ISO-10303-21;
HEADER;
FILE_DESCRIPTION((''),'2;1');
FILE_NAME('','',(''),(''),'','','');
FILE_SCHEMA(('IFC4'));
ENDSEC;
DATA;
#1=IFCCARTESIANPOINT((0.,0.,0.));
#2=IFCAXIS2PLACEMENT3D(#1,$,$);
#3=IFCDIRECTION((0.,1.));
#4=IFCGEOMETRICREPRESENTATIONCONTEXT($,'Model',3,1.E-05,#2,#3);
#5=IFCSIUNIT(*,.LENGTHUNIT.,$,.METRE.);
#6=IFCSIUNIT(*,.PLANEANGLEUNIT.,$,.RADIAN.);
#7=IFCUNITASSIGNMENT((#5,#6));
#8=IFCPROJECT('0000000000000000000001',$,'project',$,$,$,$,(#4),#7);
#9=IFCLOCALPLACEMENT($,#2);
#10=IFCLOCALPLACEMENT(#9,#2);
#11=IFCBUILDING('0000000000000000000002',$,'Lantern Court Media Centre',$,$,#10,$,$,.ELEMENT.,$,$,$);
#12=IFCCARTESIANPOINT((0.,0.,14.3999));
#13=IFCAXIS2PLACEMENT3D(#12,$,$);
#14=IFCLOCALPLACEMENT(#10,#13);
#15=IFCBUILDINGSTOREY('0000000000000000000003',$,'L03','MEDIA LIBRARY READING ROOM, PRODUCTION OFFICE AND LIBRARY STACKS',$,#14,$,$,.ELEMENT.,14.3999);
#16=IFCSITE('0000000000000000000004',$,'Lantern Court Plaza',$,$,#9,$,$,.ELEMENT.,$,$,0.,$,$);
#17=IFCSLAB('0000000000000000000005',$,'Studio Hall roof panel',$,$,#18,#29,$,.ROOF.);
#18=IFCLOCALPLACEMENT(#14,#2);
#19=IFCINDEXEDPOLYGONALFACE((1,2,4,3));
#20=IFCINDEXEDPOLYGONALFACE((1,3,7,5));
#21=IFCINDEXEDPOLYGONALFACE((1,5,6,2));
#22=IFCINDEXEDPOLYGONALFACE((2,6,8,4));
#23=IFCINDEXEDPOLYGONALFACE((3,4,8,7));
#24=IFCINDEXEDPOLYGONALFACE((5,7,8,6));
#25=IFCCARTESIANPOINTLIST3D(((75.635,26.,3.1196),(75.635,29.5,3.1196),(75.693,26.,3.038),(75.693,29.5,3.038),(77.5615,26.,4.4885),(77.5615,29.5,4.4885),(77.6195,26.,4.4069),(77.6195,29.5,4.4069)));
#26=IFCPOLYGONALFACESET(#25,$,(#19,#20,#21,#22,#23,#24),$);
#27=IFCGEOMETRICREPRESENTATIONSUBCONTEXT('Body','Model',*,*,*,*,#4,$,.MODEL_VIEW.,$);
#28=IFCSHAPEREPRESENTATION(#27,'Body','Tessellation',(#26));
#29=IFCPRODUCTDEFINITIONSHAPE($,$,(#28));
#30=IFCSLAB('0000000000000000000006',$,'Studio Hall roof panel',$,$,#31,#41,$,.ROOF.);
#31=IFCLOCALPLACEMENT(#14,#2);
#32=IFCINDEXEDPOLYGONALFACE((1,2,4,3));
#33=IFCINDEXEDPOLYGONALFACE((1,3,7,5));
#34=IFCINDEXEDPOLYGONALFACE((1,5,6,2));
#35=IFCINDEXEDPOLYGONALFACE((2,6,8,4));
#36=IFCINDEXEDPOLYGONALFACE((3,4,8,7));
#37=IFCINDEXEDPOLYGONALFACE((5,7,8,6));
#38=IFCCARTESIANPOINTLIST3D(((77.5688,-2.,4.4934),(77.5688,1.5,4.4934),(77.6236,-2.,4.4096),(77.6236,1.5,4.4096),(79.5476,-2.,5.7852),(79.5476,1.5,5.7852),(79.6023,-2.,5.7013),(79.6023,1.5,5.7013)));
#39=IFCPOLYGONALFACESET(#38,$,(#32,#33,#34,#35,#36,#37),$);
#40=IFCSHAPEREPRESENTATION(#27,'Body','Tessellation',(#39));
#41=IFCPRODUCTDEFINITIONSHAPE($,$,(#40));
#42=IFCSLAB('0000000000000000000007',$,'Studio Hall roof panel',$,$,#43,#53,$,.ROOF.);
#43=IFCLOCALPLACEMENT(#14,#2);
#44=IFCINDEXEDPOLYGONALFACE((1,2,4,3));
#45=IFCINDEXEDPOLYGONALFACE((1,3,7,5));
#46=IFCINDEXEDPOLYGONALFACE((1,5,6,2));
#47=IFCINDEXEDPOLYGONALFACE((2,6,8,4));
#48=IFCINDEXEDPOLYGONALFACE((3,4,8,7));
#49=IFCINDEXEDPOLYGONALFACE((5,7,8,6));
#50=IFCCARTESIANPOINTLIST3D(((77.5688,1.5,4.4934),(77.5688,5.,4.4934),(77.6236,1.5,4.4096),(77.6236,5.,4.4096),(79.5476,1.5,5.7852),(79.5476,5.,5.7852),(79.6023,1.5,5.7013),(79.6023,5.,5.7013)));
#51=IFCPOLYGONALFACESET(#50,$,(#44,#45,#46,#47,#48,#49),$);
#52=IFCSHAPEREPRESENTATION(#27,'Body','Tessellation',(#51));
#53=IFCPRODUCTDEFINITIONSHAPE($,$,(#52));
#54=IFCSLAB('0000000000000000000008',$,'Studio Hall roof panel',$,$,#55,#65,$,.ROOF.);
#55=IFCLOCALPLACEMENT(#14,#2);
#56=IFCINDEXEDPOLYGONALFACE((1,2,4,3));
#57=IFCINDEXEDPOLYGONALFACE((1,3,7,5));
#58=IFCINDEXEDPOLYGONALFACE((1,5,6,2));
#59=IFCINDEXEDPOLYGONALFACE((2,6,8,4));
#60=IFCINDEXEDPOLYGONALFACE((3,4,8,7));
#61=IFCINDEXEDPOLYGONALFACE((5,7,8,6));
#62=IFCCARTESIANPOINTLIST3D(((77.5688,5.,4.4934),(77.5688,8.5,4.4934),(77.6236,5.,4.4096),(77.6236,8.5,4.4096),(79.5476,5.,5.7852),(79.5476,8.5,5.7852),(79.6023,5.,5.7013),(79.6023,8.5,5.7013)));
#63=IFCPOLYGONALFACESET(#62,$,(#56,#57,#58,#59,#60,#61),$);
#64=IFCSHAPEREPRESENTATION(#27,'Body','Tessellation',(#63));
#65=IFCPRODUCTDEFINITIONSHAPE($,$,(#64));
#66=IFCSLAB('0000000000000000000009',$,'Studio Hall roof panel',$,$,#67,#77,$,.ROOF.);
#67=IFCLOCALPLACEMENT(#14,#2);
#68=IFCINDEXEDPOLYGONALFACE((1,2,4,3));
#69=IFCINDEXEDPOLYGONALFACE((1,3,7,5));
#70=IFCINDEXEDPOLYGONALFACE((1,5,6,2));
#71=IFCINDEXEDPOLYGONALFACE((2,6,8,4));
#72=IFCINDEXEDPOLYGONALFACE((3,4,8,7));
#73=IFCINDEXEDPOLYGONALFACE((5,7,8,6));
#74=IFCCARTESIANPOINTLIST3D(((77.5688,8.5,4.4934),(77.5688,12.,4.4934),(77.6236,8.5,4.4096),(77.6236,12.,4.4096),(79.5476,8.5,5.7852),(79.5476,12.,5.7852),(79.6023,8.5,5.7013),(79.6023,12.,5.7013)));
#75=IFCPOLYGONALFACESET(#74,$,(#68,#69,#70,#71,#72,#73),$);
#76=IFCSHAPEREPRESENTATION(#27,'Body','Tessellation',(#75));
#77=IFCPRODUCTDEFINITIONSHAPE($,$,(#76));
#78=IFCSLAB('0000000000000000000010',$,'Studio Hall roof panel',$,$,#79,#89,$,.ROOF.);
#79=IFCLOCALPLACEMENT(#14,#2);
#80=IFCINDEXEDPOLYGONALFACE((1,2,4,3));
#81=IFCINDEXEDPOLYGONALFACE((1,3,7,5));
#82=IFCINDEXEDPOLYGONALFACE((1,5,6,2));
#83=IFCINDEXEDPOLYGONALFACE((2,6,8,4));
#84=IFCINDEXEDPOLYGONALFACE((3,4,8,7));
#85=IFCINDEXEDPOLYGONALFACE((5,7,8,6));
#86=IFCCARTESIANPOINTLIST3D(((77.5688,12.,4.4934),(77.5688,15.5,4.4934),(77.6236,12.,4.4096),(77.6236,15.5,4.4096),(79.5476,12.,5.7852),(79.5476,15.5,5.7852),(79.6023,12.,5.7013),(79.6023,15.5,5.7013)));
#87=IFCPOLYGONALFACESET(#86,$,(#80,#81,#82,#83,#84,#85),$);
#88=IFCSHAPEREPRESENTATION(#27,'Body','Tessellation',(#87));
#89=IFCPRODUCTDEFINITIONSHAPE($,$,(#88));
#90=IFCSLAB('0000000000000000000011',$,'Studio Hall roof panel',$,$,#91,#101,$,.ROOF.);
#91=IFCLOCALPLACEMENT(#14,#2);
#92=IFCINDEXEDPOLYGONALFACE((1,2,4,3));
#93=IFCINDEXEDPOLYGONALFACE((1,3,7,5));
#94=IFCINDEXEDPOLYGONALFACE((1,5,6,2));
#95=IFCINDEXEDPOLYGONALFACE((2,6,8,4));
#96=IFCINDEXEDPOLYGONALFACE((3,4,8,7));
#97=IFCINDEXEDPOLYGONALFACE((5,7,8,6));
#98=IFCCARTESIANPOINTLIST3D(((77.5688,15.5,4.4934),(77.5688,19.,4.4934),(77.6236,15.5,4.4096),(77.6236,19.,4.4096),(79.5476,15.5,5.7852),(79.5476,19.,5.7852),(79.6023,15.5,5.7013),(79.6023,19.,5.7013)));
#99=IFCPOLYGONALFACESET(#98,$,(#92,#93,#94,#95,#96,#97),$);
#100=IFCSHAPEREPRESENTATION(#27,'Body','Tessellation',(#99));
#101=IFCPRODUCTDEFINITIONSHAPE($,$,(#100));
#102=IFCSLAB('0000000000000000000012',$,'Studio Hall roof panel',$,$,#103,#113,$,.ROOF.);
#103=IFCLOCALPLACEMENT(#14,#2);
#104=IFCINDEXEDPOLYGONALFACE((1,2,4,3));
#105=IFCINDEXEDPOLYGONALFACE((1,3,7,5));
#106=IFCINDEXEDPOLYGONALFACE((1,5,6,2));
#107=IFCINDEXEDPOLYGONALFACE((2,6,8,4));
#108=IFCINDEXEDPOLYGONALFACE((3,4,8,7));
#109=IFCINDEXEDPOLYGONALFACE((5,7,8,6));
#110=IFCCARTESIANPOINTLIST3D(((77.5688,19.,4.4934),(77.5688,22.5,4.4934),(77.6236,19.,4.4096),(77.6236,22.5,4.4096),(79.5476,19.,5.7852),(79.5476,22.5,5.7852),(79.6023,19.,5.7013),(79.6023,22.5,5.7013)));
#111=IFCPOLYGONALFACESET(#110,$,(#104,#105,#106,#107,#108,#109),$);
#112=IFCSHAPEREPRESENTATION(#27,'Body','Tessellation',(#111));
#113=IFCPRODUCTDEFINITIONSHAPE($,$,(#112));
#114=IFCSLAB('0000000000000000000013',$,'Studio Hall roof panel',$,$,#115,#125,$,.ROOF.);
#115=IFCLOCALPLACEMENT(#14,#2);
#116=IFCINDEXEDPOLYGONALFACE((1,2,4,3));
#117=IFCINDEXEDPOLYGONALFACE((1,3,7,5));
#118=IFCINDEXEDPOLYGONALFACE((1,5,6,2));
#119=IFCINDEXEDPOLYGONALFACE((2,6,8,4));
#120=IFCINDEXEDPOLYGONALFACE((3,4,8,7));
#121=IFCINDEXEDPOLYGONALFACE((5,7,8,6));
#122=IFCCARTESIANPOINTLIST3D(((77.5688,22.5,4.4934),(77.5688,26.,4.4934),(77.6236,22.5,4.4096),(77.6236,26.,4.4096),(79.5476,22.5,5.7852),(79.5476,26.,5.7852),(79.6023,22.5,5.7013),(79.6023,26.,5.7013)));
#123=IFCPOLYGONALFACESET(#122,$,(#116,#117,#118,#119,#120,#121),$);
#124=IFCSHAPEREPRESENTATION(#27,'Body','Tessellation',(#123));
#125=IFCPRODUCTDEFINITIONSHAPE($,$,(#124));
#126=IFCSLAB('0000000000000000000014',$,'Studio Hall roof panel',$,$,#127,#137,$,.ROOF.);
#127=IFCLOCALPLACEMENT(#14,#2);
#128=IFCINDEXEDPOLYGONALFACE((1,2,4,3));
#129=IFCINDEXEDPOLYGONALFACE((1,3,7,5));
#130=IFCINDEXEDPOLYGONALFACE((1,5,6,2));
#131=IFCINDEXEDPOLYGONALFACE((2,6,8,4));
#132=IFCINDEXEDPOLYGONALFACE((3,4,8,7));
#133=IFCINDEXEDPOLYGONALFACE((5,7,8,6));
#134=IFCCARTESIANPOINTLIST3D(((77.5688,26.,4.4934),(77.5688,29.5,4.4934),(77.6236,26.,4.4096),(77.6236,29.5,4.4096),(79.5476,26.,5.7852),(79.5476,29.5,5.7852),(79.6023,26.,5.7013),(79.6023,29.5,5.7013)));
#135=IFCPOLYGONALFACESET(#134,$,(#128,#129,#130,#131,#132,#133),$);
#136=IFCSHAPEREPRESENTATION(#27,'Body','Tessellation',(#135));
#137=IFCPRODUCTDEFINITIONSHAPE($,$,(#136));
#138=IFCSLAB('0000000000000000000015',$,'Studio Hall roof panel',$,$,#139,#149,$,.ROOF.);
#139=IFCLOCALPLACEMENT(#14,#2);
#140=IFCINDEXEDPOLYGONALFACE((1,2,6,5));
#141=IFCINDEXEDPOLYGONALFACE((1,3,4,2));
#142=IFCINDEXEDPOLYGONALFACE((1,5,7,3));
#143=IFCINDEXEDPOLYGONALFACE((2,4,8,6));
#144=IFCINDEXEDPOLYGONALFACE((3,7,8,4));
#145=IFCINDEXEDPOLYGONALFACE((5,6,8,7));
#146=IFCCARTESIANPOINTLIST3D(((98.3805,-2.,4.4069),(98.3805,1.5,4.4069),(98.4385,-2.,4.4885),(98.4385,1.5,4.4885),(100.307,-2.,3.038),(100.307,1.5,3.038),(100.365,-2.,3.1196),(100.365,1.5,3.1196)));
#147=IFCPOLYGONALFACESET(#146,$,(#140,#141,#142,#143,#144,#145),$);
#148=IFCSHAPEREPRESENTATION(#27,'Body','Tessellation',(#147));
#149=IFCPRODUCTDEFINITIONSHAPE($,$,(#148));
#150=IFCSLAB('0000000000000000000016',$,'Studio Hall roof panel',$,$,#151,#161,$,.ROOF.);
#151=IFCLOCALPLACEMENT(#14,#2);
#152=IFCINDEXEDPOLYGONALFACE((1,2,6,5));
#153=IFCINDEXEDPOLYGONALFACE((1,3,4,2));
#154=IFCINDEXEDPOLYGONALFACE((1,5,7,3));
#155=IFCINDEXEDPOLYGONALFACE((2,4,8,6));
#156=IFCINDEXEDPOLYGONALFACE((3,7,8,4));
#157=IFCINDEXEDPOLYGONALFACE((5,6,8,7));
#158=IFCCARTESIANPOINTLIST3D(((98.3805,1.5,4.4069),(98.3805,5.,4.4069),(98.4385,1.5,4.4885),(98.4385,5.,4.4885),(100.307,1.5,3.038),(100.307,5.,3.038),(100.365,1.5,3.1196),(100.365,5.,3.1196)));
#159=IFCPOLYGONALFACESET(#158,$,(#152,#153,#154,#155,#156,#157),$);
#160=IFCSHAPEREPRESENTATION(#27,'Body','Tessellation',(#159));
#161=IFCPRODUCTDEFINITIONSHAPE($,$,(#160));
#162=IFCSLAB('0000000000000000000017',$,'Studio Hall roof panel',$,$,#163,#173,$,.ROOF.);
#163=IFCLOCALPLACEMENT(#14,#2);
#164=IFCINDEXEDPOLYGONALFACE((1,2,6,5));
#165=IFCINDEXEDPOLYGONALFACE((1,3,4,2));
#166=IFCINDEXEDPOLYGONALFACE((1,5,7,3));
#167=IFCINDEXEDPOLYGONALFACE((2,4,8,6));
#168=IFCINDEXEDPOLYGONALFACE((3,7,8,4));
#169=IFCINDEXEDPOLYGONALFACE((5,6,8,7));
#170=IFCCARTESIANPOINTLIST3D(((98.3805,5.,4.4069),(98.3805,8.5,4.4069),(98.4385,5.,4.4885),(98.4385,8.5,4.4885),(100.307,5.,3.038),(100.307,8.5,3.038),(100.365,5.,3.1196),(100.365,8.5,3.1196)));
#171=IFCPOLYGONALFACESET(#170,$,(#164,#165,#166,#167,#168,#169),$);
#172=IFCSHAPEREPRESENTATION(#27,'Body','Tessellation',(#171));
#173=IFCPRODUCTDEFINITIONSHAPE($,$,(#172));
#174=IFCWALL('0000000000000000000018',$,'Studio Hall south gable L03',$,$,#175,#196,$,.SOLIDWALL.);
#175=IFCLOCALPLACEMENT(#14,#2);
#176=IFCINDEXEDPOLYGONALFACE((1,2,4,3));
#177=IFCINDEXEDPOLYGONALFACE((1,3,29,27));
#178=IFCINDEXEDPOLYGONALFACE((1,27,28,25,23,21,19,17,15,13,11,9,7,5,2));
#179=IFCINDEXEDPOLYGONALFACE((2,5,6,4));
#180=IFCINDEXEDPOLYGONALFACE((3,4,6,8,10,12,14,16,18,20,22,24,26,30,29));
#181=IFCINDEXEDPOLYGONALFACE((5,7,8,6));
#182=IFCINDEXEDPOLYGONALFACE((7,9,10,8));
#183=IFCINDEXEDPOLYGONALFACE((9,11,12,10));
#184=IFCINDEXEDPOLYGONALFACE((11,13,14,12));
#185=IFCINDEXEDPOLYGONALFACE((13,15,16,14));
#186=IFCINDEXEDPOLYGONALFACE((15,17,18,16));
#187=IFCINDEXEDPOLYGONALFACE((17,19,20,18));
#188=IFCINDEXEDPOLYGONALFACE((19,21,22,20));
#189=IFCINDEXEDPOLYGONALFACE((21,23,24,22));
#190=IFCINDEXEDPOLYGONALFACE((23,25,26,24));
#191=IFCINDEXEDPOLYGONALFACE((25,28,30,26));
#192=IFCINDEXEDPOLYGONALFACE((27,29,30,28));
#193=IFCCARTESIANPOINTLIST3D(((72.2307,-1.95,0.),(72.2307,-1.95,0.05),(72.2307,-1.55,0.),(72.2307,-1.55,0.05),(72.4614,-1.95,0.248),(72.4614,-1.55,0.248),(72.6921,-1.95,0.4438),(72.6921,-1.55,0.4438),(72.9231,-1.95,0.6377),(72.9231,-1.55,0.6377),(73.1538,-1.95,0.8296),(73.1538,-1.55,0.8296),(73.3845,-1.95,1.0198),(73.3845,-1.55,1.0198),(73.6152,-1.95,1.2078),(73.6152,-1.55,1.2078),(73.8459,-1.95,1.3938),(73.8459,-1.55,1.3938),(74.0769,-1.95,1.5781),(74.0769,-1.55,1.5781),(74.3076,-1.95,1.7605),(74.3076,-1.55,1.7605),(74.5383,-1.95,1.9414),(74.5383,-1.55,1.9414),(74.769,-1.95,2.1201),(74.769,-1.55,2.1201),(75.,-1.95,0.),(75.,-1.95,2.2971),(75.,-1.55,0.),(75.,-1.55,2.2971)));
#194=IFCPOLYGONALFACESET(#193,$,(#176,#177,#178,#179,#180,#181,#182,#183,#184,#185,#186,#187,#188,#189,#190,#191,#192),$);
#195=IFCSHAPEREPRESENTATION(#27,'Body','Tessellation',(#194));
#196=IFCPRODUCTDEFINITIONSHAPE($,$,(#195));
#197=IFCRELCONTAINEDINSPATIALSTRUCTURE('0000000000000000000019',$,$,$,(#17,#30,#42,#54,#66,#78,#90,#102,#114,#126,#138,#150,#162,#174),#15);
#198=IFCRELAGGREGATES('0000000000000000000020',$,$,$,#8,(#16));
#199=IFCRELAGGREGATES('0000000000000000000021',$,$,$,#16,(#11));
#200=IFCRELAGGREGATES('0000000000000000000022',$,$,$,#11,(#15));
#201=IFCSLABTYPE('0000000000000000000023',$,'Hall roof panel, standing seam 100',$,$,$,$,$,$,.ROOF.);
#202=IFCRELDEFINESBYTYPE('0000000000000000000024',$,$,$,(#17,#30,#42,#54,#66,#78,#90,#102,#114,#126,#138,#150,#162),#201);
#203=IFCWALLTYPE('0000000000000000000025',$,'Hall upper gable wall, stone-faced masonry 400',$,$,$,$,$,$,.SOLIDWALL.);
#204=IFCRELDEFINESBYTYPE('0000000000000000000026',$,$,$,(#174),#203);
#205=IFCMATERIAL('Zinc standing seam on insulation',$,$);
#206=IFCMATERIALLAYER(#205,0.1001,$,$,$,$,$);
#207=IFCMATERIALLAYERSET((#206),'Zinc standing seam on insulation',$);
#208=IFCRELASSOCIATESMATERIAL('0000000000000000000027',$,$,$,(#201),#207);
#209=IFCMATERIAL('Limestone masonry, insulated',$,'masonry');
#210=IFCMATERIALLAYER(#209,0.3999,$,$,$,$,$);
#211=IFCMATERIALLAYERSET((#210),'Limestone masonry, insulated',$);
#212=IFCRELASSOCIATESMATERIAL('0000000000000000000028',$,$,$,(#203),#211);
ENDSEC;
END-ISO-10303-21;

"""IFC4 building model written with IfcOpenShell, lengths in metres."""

from ifc_helpers import new_model, si_unit, direction, frame, origin, place, context, subcontext, project, spatial, polyline, outline, extrude, material, layer, layer_set, type_object, element, save


model = new_model("IFC4")

# Units and contexts
model_context = context("Model", 3, precision=1e-05, world=origin(), true_north=direction((0.0, 1.0)))
body_context = subcontext(model_context, "Body", "Model", "MODEL_VIEW")
ifc_project = project(units=[si_unit("LENGTHUNIT", "METRE"), si_unit("PLANEANGLEUNIT", "RADIAN")], contexts=[model_context])

# Site, building, storey
site_placement = place(None, origin())
site = spatial("IfcSite", under=ifc_project, at=site_placement, Name="Lantern Court Plaza", CompositionType="ELEMENT", RefElevation=0.0)
building_placement = place(site_placement, origin())
building = spatial("IfcBuilding", under=site, at=building_placement, Name="Lantern Court Media Centre", CompositionType="ELEMENT")
storey_placement = place(building_placement, frame((0.0, 0.0, 14.3999)))
storey = spatial("IfcBuildingStorey", under=building, at=storey_placement, Name="L03", Description="MEDIA LIBRARY READING ROOM, PRODUCTION OFFICE AND LIBRARY STACKS", CompositionType="ELEMENT", Elevation=14.3999)

# Slabs
ifc_material_1 = material(Name="Zinc standing seam on insulation")
ifc_layer_1 = layer(ifc_material_1, 0.1001)
ifc_layer_set_1 = layer_set([ifc_layer_1], Name="Zinc standing seam on insulation")
slab_type = type_object("IfcSlabType", Name="Hall roof panel, standing seam 100", PredefinedType="ROOF", material=ifc_layer_set_1)
for number, where, z_axis, x_axis, name in (
    (1, (75.635, 26.0, 3.1196), (-0.579223, 0.0, 0.815169), (0.815169, 0.0, 0.579223), "Studio Hall roof panel"),
):
    element("IfcSlab", number, at=place(storey_placement, frame(where, z_axis=z_axis, x_axis=x_axis)), inside=storey, type_object=slab_type, Name=name, PredefinedType="ROOF", context=body_context, shape_type="SweptSolid", body=[
        extrude(outline(polyline([(0.0, 0.0), (2.3633, 0.0), (2.3633, 3.5), (0.0, 3.5), (0.0, 0.0)])), origin(), (0.0, 0.0, -1.0), 0.1001),
    ])
for number, where, z_axis, x_axis, name in (
    (2, (77.5688, -2.0, 4.4934), (-0.54664, 0.0, 0.837368), (0.837368, 0.0, 0.54664), "Studio Hall roof panel"),
    (3, (77.5688, 1.5, 4.4934), (-0.54664, 0.0, 0.837368), (0.837368, 0.0, 0.54664), "Studio Hall roof panel"),
    (4, (77.5688, 5.0, 4.4934), (-0.54664, 0.0, 0.837368), (0.837368, 0.0, 0.54664), "Studio Hall roof panel"),
    (5, (77.5688, 8.5, 4.4934), (-0.54664, 0.0, 0.837368), (0.837368, 0.0, 0.54664), "Studio Hall roof panel"),
    (6, (77.5688, 12.0, 4.4934), (-0.54664, 0.0, 0.837368), (0.837368, 0.0, 0.54664), "Studio Hall roof panel"),
    (7, (77.5688, 15.5, 4.4934), (-0.54664, 0.0, 0.837368), (0.837368, 0.0, 0.54664), "Studio Hall roof panel"),
    (8, (77.5688, 19.0, 4.4934), (-0.54664, 0.0, 0.837368), (0.837368, 0.0, 0.54664), "Studio Hall roof panel"),
    (9, (77.5688, 22.5, 4.4934), (-0.54664, 0.0, 0.837368), (0.837368, 0.0, 0.54664), "Studio Hall roof panel"),
    (10, (77.5688, 26.0, 4.4934), (-0.54664, 0.0, 0.837368), (0.837368, 0.0, 0.54664), "Studio Hall roof panel"),
):
    element("IfcSlab", number, at=place(storey_placement, frame(where, z_axis=z_axis, x_axis=x_axis)), inside=storey, type_object=slab_type, Name=name, PredefinedType="ROOF", context=body_context, shape_type="SweptSolid", body=[
        extrude(outline(polyline([(0.0, 0.0), (2.3631, 0.0), (2.3631, 3.5), (0.0, 3.5), (0.0, 0.0)])), origin(), (0.0, 0.0, -1.0), 0.1001),
    ])
for number, where, z_axis, x_axis, name in (
    (11, (98.4385, -2.0, 4.4885), (0.579223, 0.0, 0.815169), (0.815169, 0.0, -0.579223), "Studio Hall roof panel"),
    (12, (98.4385, 1.5, 4.4885), (0.579223, 0.0, 0.815169), (0.815169, 0.0, -0.579223), "Studio Hall roof panel"),
    (13, (98.4385, 5.0, 4.4885), (0.579223, 0.0, 0.815169), (0.815169, 0.0, -0.579223), "Studio Hall roof panel"),
):
    element("IfcSlab", number, at=place(storey_placement, frame(where, z_axis=z_axis, x_axis=x_axis)), inside=storey, type_object=slab_type, Name=name, PredefinedType="ROOF", context=body_context, shape_type="SweptSolid", body=[
        extrude(outline(polyline([(0.0, 0.0), (2.3633, 0.0), (2.3633, 3.5), (0.0, 3.5), (0.0, 0.0)])), origin(), (0.0, 0.0, -1.0), 0.1001),
    ])

# Wall
ifc_material_2 = material(Name="Limestone masonry, insulated", Category="masonry")
ifc_layer_2 = layer(ifc_material_2, 0.3999)
ifc_layer_set_2 = layer_set([ifc_layer_2], Name="Limestone masonry, insulated")
wall_type = type_object("IfcWallType", Name="Hall upper gable wall, stone-faced masonry 400", PredefinedType="SOLIDWALL", material=ifc_layer_set_2)
wall_placement = place(storey_placement, frame((72.2307, -1.75, 0.0), z_axis=(0.0, 0.0, 1.0), x_axis=(1.0, 0.0, 0.0)))
element("IfcWall", 14, at=wall_placement, inside=storey, type_object=wall_type, Name="Studio Hall south gable L03", PredefinedType="SOLIDWALL", context=body_context, shape_type="SweptSolid", body=[
    extrude(outline(polyline([(0.0, 0.0), (2.7693, 0.0), (2.7693, 2.2971), (2.5383, 2.1201), (2.3076, 1.9414), (2.0769, 1.7605), (1.8462, 1.5781), (1.6152, 1.3938), (1.3845, 1.2078), (1.1538, 1.0198), (0.9231, 0.8296), (0.6924, 0.6377), (0.4614, 0.4438), (0.2307, 0.248), (0.0, 0.05), (0.0, 0.0)])), frame((0.0, 0.2, 0.0), z_axis=(0.0, -1.0, 0.0), x_axis=(1.0, 0.0, 0.0)), (0.0, 0.0, 1.0), 0.3999),
])

save(model, "model.ifc")
